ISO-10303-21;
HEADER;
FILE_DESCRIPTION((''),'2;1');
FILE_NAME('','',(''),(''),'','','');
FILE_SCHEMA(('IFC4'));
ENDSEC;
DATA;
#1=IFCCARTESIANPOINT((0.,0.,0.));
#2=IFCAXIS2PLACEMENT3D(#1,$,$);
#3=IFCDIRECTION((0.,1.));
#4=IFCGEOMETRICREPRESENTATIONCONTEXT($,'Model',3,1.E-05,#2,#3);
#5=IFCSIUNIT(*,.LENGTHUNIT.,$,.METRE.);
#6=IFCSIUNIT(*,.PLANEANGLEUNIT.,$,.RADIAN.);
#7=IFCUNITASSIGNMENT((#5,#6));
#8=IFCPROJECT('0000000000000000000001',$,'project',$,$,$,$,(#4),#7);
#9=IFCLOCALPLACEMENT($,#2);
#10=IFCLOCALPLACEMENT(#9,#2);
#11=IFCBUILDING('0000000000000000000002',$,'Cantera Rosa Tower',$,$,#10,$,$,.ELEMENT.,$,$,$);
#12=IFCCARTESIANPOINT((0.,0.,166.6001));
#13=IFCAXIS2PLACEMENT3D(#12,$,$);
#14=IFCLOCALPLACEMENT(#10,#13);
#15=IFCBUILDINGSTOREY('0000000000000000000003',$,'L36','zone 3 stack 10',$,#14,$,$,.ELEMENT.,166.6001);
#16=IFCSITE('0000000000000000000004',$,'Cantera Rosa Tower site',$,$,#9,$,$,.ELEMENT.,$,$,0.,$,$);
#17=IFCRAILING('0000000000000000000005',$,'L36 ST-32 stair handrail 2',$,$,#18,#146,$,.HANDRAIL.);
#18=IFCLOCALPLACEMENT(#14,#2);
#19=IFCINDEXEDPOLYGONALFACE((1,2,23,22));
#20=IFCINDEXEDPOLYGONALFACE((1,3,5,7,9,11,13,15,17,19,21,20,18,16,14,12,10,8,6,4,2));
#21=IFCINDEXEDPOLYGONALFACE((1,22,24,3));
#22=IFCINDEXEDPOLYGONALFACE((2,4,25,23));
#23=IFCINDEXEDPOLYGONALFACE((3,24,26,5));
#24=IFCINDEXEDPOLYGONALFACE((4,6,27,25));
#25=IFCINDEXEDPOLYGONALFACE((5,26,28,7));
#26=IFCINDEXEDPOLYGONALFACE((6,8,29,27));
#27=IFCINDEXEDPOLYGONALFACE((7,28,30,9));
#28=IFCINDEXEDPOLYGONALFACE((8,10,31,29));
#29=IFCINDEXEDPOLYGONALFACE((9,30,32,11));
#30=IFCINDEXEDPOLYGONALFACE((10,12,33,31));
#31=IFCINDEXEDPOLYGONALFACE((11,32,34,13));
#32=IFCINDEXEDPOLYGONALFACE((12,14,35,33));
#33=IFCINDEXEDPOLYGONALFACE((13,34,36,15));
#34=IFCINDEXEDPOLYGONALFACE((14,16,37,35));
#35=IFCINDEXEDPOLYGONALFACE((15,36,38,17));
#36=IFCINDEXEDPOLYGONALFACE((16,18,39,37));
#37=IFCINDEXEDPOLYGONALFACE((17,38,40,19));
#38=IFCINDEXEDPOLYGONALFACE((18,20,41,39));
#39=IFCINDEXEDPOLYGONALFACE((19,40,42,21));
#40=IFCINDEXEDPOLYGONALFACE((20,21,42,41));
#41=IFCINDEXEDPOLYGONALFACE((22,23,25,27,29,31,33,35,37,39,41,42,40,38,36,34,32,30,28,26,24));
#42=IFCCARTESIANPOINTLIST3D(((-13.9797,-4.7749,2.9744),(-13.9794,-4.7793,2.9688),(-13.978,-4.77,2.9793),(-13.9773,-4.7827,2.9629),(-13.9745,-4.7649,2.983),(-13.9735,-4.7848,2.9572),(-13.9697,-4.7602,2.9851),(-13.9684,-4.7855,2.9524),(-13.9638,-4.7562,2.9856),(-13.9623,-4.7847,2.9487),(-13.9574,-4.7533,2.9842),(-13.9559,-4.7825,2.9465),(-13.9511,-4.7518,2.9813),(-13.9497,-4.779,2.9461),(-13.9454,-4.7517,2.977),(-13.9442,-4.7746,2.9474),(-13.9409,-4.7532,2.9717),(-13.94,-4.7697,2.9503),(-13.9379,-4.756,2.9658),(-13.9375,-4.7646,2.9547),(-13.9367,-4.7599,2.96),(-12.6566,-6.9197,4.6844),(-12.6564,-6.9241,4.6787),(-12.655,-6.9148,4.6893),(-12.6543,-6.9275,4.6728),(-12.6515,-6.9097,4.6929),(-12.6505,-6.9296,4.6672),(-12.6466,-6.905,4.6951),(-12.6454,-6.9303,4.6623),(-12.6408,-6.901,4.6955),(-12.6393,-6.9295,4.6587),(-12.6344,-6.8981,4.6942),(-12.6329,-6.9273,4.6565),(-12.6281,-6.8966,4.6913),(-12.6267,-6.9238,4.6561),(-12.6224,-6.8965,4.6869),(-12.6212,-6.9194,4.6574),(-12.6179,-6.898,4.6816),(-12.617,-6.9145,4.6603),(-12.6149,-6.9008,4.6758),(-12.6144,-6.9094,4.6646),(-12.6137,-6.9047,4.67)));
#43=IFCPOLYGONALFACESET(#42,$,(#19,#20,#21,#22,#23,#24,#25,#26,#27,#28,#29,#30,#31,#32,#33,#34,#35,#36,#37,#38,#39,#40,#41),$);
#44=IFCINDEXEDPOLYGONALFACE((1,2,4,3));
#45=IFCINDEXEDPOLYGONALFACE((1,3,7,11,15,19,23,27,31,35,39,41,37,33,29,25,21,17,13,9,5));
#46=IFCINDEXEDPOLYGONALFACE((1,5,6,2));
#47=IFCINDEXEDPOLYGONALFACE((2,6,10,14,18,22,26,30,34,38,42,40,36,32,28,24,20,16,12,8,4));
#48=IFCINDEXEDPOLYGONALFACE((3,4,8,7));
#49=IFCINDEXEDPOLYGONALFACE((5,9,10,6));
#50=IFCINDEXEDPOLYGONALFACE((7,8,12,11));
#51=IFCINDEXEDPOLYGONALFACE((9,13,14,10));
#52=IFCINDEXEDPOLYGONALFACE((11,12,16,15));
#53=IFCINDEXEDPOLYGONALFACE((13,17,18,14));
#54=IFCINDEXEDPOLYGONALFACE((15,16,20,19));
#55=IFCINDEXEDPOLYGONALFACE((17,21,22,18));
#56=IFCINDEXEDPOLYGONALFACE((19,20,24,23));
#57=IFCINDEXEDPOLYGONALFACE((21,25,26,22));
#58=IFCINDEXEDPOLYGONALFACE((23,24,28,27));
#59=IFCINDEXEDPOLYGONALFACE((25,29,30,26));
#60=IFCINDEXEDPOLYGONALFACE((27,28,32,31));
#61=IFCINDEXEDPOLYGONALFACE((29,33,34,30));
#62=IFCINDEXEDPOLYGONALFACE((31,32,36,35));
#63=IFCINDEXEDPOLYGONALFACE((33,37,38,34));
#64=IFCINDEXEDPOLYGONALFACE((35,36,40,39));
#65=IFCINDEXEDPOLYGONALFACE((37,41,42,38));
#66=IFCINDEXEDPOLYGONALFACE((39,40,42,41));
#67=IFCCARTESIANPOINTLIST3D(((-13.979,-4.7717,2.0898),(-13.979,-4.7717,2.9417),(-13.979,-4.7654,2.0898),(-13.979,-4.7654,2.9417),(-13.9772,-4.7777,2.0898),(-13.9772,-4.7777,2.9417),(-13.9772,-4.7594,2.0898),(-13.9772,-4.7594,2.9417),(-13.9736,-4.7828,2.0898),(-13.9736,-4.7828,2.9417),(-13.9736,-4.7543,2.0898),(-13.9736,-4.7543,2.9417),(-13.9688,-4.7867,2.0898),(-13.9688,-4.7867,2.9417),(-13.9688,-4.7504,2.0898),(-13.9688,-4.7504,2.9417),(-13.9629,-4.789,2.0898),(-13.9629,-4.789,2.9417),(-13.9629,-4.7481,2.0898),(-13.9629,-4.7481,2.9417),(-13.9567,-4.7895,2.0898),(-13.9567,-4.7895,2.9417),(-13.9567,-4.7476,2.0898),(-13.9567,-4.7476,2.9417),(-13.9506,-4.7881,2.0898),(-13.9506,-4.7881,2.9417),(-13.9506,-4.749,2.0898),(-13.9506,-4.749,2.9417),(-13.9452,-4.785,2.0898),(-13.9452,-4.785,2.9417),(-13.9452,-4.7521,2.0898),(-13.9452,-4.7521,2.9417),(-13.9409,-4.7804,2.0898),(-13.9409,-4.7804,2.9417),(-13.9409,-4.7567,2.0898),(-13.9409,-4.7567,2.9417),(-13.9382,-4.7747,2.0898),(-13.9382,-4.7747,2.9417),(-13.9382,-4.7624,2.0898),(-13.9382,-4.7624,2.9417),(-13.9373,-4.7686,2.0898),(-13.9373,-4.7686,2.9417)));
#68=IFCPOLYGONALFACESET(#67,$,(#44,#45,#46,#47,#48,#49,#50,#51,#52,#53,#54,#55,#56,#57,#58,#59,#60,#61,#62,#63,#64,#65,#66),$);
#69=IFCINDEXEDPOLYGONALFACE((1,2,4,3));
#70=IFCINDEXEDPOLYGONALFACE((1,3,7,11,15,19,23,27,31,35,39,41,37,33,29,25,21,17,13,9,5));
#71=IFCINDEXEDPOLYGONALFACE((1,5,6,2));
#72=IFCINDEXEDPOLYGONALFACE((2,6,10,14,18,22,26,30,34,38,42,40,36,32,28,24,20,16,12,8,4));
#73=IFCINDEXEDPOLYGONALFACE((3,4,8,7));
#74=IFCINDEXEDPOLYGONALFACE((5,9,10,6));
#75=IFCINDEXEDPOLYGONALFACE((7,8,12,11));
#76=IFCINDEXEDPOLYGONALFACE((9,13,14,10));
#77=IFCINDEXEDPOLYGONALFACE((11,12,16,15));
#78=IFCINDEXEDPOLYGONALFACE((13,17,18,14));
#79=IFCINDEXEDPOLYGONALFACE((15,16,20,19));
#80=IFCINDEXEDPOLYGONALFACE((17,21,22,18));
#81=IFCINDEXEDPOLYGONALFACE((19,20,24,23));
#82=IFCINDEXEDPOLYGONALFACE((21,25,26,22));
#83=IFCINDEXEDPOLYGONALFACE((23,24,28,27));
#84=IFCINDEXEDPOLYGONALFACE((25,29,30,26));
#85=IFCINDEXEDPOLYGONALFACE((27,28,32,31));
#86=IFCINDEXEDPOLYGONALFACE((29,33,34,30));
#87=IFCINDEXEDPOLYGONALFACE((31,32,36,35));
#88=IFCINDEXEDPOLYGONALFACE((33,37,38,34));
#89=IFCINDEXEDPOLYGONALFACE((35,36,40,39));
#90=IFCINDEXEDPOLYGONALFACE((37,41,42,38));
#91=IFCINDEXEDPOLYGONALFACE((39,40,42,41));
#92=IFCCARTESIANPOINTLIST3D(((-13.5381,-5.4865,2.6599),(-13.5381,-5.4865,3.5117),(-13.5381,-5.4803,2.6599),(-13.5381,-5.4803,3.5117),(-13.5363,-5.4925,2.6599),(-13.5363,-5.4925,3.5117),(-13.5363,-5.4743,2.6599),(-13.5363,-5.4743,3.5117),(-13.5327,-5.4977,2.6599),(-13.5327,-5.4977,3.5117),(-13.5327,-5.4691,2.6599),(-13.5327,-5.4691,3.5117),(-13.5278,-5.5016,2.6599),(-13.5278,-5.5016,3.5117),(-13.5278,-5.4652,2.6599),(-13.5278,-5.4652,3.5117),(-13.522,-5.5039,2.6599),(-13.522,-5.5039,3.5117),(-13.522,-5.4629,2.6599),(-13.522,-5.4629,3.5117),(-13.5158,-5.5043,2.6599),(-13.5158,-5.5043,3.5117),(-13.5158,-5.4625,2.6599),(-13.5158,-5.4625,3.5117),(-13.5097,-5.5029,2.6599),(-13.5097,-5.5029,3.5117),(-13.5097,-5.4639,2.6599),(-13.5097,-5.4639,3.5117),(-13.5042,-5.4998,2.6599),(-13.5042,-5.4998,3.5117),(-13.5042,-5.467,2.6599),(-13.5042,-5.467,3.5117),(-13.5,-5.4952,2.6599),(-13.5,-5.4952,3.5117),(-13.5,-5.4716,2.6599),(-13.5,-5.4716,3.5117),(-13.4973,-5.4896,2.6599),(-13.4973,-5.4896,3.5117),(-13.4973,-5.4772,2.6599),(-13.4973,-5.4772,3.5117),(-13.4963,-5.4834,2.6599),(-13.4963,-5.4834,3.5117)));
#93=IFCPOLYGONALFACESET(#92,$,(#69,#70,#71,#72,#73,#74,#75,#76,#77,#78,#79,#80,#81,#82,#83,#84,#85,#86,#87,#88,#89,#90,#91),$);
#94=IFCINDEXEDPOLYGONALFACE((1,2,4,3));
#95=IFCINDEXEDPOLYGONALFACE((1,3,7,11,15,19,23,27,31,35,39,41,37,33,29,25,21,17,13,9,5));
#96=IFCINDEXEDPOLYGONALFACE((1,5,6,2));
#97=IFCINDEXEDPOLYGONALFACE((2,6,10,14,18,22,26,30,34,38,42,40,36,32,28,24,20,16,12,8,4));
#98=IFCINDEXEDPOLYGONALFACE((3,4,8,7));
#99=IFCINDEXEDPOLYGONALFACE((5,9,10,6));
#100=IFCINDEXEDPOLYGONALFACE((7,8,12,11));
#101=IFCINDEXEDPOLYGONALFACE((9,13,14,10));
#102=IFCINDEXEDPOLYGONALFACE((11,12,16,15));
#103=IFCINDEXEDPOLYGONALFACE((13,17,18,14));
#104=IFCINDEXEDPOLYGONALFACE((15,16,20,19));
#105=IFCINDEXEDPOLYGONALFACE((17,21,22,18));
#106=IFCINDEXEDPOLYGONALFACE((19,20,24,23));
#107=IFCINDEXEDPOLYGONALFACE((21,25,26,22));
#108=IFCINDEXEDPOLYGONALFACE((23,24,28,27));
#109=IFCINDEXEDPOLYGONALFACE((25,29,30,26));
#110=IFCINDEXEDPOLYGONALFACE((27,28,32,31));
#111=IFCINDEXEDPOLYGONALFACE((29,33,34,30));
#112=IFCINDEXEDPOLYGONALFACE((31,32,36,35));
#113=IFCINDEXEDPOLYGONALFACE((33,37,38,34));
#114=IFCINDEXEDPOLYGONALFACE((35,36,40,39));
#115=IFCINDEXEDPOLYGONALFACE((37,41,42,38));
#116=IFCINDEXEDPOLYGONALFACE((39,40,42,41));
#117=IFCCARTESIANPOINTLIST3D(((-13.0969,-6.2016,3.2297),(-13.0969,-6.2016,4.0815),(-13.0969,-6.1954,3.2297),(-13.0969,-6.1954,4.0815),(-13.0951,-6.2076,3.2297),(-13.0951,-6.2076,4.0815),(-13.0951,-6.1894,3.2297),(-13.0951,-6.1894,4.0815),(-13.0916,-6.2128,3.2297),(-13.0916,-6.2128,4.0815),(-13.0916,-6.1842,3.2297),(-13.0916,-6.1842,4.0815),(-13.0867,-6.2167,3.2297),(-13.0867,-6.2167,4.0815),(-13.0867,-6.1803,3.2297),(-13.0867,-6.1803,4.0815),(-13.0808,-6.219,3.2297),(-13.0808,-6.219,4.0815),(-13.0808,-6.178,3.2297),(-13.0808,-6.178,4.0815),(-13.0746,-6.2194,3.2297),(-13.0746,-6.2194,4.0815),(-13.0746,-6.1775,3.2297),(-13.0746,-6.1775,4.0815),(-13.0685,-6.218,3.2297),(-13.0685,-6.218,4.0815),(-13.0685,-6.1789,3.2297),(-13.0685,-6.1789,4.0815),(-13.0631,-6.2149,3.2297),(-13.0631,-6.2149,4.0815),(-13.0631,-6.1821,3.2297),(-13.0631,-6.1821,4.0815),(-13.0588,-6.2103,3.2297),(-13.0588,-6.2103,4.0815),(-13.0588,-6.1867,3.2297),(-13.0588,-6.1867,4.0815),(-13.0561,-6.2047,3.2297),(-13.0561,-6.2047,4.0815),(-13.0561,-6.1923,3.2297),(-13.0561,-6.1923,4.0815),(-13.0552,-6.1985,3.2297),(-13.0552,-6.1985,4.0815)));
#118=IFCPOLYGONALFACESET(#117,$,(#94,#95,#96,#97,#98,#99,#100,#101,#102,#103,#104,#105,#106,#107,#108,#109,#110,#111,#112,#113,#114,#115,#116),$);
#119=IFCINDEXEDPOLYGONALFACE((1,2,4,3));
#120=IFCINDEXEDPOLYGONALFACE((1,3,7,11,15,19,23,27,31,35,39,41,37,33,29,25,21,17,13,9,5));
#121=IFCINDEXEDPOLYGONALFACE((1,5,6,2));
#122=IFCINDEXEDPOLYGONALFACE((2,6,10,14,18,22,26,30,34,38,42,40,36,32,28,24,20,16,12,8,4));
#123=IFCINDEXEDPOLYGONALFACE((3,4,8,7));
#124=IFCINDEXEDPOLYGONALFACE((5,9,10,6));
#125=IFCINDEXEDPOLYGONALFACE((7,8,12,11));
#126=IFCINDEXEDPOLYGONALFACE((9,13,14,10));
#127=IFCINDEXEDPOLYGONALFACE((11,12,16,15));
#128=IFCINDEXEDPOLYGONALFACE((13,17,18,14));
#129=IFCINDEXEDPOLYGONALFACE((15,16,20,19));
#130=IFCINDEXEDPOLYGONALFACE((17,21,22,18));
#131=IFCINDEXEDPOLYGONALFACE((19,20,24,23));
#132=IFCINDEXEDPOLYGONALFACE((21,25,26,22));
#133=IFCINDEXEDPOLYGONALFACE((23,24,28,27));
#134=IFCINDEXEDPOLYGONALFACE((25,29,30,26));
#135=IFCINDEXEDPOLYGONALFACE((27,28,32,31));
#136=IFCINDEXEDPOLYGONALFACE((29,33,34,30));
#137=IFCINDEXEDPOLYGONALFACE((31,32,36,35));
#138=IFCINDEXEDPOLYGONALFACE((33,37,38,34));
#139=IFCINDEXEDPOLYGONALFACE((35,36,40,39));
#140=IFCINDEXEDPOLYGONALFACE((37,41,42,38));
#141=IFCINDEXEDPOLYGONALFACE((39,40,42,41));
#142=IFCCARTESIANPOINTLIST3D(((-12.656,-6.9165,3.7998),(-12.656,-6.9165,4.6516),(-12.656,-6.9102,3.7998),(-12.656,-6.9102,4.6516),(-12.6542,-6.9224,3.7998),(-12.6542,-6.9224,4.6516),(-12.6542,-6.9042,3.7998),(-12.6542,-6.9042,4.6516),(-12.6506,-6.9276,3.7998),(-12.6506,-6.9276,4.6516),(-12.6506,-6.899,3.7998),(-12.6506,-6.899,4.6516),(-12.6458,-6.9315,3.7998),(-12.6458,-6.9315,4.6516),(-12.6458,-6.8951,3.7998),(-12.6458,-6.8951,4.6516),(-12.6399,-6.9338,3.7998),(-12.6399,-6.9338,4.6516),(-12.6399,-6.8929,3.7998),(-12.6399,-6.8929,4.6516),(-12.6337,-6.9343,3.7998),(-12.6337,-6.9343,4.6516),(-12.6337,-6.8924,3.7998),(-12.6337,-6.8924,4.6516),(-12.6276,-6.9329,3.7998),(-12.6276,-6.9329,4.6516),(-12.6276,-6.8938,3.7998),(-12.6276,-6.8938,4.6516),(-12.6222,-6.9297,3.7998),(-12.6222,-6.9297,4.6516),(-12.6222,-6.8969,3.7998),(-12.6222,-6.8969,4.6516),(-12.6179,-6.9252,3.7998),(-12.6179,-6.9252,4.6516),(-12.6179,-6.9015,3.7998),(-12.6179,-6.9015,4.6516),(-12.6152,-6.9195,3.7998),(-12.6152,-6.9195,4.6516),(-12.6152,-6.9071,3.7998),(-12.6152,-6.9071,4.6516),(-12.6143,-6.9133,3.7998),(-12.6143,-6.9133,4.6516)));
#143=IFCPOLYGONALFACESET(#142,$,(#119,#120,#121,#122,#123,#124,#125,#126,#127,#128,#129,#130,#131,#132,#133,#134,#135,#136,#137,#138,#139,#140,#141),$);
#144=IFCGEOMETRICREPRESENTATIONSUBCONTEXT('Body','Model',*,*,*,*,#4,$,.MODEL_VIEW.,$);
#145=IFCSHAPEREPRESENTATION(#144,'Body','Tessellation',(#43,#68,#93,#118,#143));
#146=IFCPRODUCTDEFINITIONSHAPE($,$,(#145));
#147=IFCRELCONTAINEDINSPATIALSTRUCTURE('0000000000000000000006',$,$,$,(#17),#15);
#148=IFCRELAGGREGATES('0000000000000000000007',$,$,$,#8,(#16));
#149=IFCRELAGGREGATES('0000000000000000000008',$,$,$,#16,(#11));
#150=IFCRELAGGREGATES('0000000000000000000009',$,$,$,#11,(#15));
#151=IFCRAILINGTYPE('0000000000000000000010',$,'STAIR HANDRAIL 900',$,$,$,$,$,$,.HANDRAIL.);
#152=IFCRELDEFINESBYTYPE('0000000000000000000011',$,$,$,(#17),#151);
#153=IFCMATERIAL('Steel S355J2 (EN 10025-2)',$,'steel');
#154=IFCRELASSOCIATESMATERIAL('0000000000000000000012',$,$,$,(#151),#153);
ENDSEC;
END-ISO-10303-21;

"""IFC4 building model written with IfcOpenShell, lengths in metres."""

from ifc_helpers import new_model, si_unit, direction, frame, origin, origin_2d, place, context, subcontext, project, spatial, circle, extrude, material, type_object, element, save


model = new_model("IFC4")

# Units and contexts
model_context = context("Model", 3, precision=1e-05, world=origin(), true_north=direction((0.0, 1.0)))
body_context = subcontext(model_context, "Body", "Model", "MODEL_VIEW")
ifc_project = project(units=[si_unit("LENGTHUNIT", "METRE"), si_unit("PLANEANGLEUNIT", "RADIAN")], contexts=[model_context])

# Site, building, storey
site_placement = place(None, origin())
site = spatial("IfcSite", under=ifc_project, at=site_placement, Name="Cantera Rosa Tower site", CompositionType="ELEMENT", RefElevation=0.0)
building_placement = place(site_placement, origin())
building = spatial("IfcBuilding", under=site, at=building_placement, Name="Cantera Rosa Tower", CompositionType="ELEMENT")
storey_placement = place(building_placement, frame((0.0, 0.0, 166.6001)))
storey = spatial("IfcBuildingStorey", under=building, at=storey_placement, Name="L36", Description="zone 3 stack 10", CompositionType="ELEMENT", Elevation=166.6001)

# Railing
ifc_material_1 = material(Name="Steel S355J2 (EN 10025-2)", Category="steel")
railing_type_1 = type_object("IfcRailingType", Name="STAIR HANDRAIL 900", PredefinedType="HANDRAIL", material=ifc_material_1)
railing_1_placement = place(storey_placement, frame((-13.9583, -4.7686, 2.0898)))
element("IfcRailing", 1, at=railing_1_placement, inside=storey, type_object=railing_type_1, Name="L36 ST-32 stair handrail 2", PredefinedType="HANDRAIL", context=body_context, shape_type="SweptSolid", body=[
    extrude(circle(Radius=0.0239, at=origin_2d()), frame((0.0, 0.0, 0.876), z_axis=(0.434428, -0.704271, 0.561493), x_axis=(0.851102, 0.525, 0.0)), (0.0, 0.0, 1.0), 3.0454),
    extrude(circle(Radius=0.021, at=origin_2d()), origin(), (0.0, 0.0, 1.0), 0.8518),
    extrude(circle(Radius=0.021, at=origin_2d()), frame((0.4409, -0.7148, 0.5701)), (0.0, 0.0, 1.0), 0.8518),
    extrude(circle(Radius=0.021, at=origin_2d()), frame((0.8821, -1.4299, 1.1399)), (0.0, 0.0, 1.0), 0.8518),
    extrude(circle(Radius=0.021, at=origin_2d()), frame((1.323, -2.1448, 1.71)), (0.0, 0.0, 1.0), 0.8518),
])

save(model, "model.ifc")
